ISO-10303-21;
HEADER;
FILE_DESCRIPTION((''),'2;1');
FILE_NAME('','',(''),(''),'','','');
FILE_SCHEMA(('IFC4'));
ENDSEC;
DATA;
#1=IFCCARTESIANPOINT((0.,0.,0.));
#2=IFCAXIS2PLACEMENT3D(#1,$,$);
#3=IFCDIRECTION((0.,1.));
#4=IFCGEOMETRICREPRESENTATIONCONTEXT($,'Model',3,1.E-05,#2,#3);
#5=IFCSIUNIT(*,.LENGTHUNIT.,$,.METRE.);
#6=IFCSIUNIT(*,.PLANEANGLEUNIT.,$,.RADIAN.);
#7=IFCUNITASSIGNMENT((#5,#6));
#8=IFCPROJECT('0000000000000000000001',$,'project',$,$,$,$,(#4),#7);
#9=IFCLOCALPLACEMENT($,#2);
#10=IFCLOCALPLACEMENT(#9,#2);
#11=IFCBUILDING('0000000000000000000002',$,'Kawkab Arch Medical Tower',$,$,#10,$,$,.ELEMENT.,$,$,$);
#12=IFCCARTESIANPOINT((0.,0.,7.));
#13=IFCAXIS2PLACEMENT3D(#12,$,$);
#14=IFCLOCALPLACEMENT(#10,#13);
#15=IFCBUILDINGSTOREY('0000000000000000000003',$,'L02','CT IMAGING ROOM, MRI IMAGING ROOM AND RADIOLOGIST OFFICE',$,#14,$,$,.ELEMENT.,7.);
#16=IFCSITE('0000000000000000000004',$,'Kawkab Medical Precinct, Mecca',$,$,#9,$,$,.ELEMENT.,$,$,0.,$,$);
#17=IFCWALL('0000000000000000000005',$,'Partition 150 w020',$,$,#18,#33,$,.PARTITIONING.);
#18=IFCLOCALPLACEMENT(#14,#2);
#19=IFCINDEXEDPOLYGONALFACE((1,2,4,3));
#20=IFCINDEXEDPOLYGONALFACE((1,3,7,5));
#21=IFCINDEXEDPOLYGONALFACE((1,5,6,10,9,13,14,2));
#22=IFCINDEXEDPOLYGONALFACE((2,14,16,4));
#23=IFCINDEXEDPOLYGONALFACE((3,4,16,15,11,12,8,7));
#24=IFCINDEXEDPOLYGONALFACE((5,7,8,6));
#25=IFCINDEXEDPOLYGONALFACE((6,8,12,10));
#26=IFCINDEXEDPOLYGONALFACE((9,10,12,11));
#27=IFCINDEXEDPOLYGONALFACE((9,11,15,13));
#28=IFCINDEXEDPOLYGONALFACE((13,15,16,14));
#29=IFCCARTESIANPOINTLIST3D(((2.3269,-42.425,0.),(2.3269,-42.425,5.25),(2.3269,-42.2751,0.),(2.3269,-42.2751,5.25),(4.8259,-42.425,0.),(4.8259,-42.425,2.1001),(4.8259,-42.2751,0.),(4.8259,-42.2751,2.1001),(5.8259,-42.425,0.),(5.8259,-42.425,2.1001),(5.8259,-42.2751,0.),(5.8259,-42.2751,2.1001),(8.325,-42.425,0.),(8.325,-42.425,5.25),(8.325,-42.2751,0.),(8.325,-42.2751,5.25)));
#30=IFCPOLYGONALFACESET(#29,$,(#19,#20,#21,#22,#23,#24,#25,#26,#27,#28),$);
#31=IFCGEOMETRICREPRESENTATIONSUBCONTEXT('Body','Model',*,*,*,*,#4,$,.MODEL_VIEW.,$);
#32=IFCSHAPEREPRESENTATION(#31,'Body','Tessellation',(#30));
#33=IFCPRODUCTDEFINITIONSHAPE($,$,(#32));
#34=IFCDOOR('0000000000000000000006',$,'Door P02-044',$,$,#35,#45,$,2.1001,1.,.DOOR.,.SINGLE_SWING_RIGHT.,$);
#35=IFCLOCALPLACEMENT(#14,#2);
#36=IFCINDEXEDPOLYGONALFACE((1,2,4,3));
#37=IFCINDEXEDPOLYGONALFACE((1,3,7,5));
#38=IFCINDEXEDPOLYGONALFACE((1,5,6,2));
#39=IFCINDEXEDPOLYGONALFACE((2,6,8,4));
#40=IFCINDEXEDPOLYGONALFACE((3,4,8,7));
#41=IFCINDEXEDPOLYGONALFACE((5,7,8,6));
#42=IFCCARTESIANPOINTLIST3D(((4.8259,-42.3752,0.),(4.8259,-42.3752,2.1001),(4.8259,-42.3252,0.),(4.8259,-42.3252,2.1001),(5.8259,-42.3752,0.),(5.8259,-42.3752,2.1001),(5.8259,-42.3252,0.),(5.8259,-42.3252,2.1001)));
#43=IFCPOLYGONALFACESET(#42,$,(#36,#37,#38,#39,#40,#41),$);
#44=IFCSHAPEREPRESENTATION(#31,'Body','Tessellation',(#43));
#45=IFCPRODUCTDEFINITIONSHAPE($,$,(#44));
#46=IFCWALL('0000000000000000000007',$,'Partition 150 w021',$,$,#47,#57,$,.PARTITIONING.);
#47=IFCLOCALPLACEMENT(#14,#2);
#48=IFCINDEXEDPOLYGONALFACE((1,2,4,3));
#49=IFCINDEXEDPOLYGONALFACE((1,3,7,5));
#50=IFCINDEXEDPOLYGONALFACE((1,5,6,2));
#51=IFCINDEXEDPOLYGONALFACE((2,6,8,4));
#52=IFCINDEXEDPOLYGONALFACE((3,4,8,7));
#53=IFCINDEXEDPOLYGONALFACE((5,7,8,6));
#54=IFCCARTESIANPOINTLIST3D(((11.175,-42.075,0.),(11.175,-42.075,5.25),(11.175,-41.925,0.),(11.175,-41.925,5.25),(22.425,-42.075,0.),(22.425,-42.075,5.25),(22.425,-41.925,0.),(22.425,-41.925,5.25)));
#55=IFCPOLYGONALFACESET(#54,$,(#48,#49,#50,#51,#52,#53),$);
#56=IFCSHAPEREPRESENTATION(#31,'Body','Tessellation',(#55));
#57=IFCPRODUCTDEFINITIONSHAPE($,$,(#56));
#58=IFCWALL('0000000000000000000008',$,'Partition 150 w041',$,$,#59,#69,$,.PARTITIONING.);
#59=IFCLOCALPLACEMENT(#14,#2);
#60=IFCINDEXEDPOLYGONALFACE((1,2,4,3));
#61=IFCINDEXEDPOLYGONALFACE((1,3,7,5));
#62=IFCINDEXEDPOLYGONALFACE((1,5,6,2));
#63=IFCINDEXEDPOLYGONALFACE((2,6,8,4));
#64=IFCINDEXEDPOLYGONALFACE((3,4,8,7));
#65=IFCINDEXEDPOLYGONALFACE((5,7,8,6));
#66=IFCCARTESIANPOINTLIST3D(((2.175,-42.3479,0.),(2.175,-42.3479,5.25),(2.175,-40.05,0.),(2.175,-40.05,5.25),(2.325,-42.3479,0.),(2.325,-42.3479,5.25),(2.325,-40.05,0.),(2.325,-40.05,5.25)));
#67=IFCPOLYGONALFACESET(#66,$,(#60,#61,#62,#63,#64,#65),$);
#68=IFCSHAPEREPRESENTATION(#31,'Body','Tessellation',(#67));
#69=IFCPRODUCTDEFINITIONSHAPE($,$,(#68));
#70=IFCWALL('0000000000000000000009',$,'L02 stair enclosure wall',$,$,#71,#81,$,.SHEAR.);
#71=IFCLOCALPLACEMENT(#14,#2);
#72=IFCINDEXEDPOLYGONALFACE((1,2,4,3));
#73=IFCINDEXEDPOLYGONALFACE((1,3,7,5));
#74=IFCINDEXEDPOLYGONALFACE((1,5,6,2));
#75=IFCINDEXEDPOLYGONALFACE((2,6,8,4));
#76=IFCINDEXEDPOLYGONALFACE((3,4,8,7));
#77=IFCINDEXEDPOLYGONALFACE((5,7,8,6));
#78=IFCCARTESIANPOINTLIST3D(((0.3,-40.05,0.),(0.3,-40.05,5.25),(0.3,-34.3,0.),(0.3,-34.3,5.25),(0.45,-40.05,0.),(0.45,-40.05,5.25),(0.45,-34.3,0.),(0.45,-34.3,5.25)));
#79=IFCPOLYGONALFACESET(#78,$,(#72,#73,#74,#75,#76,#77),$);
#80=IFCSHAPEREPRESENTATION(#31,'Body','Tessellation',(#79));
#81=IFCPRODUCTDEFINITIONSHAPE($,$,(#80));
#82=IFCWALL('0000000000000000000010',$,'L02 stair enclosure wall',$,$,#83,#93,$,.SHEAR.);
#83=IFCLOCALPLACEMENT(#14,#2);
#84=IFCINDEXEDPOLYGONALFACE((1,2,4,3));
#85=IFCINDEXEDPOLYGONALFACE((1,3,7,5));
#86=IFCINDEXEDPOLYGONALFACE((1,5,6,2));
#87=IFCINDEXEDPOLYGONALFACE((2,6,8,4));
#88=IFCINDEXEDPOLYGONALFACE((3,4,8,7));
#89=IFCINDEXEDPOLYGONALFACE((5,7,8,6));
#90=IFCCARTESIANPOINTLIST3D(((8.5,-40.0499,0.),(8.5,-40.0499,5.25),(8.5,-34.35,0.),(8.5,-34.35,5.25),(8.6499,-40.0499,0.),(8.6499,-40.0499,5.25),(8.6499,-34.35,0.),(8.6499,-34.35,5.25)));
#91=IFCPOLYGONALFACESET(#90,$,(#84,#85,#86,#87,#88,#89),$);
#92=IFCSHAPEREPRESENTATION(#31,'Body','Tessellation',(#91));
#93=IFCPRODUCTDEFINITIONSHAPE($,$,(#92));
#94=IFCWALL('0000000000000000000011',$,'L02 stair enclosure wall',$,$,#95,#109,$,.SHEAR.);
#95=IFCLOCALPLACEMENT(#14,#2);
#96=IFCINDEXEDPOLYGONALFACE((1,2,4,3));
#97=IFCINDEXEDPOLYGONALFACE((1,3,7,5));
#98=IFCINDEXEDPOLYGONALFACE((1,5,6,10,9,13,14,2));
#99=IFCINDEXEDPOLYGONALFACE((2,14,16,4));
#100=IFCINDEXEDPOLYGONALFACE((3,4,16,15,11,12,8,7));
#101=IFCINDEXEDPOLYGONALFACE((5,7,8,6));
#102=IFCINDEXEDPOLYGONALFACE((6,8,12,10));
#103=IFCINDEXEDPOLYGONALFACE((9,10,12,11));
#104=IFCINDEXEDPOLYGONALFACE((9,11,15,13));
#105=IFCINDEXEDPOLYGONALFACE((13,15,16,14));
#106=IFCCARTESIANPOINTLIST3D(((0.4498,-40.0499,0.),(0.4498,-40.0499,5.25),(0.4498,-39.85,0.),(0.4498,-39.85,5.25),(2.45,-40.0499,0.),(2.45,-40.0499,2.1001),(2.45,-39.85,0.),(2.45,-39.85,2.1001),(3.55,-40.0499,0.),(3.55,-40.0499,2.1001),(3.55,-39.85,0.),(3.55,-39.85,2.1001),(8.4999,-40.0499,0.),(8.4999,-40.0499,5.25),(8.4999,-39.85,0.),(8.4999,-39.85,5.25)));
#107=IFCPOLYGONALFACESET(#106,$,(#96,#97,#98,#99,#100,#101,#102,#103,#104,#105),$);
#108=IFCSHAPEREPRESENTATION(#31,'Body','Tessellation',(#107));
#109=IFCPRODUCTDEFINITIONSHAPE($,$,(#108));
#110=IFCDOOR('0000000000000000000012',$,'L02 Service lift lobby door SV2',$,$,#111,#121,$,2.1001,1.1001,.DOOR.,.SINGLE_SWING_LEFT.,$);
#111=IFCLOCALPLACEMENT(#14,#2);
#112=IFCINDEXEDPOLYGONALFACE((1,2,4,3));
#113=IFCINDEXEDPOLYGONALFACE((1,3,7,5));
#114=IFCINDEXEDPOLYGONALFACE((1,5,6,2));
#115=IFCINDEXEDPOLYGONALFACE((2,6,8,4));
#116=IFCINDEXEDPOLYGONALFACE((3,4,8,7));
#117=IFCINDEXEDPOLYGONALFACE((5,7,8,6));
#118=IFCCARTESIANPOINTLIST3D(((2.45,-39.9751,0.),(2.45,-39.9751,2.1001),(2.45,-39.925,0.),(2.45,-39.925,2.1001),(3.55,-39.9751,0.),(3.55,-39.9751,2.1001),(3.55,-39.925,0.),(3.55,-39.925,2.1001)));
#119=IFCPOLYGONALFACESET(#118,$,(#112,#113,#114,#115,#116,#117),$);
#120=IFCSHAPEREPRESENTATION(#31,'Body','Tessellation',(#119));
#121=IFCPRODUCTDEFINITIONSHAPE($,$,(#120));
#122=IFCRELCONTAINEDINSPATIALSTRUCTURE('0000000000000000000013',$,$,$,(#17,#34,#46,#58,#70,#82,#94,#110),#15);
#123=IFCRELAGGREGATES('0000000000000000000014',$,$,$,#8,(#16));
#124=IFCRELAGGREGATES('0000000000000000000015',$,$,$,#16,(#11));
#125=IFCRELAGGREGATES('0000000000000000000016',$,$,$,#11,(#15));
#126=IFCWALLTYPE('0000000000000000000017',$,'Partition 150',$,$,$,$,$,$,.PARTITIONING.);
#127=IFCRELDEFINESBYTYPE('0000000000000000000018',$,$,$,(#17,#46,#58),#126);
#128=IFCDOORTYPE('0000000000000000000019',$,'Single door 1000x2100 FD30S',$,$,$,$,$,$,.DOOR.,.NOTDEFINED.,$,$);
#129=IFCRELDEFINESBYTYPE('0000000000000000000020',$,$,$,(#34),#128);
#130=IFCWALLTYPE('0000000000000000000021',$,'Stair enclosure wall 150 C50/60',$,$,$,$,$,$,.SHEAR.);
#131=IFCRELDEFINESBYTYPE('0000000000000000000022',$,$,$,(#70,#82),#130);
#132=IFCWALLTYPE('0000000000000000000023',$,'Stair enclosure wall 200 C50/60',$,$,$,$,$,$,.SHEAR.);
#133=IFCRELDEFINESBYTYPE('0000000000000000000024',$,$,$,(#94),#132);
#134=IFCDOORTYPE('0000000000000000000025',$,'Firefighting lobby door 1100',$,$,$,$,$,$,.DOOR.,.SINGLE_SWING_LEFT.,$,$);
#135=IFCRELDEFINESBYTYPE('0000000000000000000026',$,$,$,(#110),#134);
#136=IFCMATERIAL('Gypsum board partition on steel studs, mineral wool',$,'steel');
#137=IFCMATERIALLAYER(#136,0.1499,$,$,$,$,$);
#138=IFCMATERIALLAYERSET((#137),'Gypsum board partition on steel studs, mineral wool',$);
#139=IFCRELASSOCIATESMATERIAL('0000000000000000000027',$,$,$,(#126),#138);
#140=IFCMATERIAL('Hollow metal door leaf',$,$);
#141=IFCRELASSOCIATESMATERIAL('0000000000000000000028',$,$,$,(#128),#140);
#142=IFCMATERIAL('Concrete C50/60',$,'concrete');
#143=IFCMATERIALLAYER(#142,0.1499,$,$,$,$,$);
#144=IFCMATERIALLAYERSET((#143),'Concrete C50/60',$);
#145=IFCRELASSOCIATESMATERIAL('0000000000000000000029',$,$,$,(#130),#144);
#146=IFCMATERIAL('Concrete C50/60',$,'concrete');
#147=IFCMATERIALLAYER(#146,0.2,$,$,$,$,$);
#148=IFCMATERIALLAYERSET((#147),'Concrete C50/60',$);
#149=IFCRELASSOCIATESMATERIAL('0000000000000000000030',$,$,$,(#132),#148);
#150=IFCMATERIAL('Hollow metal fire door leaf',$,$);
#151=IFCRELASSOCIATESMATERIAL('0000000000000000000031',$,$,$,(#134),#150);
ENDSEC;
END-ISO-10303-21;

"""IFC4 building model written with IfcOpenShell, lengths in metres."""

from ifc_helpers import new_model, si_unit, direction, frame, frame_2d, origin, place, context, subcontext, project, spatial, rectangle, extrude, material, layer, layer_set, type_object, element, fill, save


model = new_model("IFC4")

# Units and contexts
model_context = context("Model", 3, precision=1e-05, world=origin(), true_north=direction((0.0, 1.0)))
body_context = subcontext(model_context, "Body", "Model", "MODEL_VIEW")
ifc_project = project(units=[si_unit("LENGTHUNIT", "METRE"), si_unit("PLANEANGLEUNIT", "RADIAN")], contexts=[model_context])

# Site, building, storey
site_placement = place(None, origin())
site = spatial("IfcSite", under=ifc_project, at=site_placement, Name="Kawkab Medical Precinct, Mecca", CompositionType="ELEMENT", RefElevation=0.0)
building_placement = place(site_placement, origin())
building = spatial("IfcBuilding", under=site, at=building_placement, Name="Kawkab Arch Medical Tower", CompositionType="ELEMENT")
storey_placement = place(building_placement, frame((0.0, 0.0, 7.0)))
storey = spatial("IfcBuildingStorey", under=building, at=storey_placement, Name="L02", Description="CT IMAGING ROOM, MRI IMAGING ROOM AND RADIOLOGIST OFFICE", CompositionType="ELEMENT", Elevation=7.0)

# Shared definitions
ifc_material_1 = material(Name="Gypsum board partition on steel studs, mineral wool", Category="steel")
ifc_layer_1 = layer(ifc_material_1, 0.1499)
ifc_layer_set_1 = layer_set([ifc_layer_1], Name="Gypsum board partition on steel studs, mineral wool")
wall_type_1 = type_object("IfcWallType", Name="Partition 150", PredefinedType="PARTITIONING", material=ifc_layer_set_1)

# Wall, opening, door
wall_1_placement = place(storey_placement, frame((2.3269, -42.3501, 0.0), z_axis=(0.0, 0.0, 1.0), x_axis=(1.0, 0.0, 0.0)))
wall_1 = element("IfcWall", 1, at=wall_1_placement, inside=storey, type_object=wall_type_1, Name="Partition 150 w020", PredefinedType="PARTITIONING", context=body_context, shape_type="SweptSolid", body=[
    extrude(rectangle(XDim=5.998, YDim=0.1499, at=frame_2d((2.999, 0.0))), origin(), (0.0, 0.0, 1.0), 5.25),
])
opening_1_placement = place(wall_1_placement, frame((2.499, 0.0, 0.0)))
opening_1 = element("IfcOpeningElement", 2, at=opening_1_placement, cuts=wall_1, PredefinedType="OPENING", context=body_context, shape_type="SweptSolid", body=[
    extrude(rectangle(XDim=1.0, YDim=2.1001, at=frame_2d((0.5, 1.05))), frame((0.0, 0.085, 0.0), z_axis=(0.0, -1.0, 0.0), x_axis=(1.0, 0.0, 0.0)), (0.0, 0.0, 1.0), 0.1699),
])
ifc_material_2 = material(Name="Hollow metal door leaf")
door_type_1 = type_object("IfcDoorType", Name="Single door 1000x2100 FD30S", OperationType="NOTDEFINED", PredefinedType="DOOR", material=ifc_material_2)
door_1_placement = place(opening_1_placement, origin())
door_1 = element("IfcDoor", 3, at=door_1_placement, inside=storey, type_object=door_type_1, Name="Door P02-044", OperationType="SINGLE_SWING_RIGHT", OverallHeight=2.1001, OverallWidth=1.0, PredefinedType="DOOR", context=body_context, shape_type="SweptSolid", body=[
    extrude(rectangle(XDim=1.0, YDim=2.1001, at=frame_2d((0.5, 1.05))), frame((0.0, 0.0249, 0.0), z_axis=(0.0, -1.0, 0.0), x_axis=(1.0, 0.0, 0.0)), (0.0, 0.0, 1.0), 0.05),
])
fill(opening_1, door_1)

# Walls
wall_2_placement = place(storey_placement, frame((11.175, -42.0, 0.0), z_axis=(0.0, 0.0, 1.0), x_axis=(1.0, 0.0, 0.0)))
element("IfcWall", 4, at=wall_2_placement, inside=storey, type_object=wall_type_1, Name="Partition 150 w021", PredefinedType="PARTITIONING", context=body_context, shape_type="SweptSolid", body=[
    extrude(rectangle(XDim=11.25, YDim=0.1499, at=frame_2d((5.625, 0.0))), origin(), (0.0, 0.0, 1.0), 5.25),
])
wall_3_placement = place(storey_placement, frame((2.25, -42.3479, 0.0), z_axis=(0.0, 0.0, 1.0), x_axis=(0.0, 1.0, 0.0)))
element("IfcWall", 5, at=wall_3_placement, inside=storey, type_object=wall_type_1, Name="Partition 150 w041", PredefinedType="PARTITIONING", context=body_context, shape_type="SweptSolid", body=[
    extrude(rectangle(XDim=2.2979, YDim=0.1499, at=frame_2d((1.1489, 0.0))), origin(), (0.0, 0.0, 1.0), 5.25),
])
ifc_material_3 = material(Name="Concrete C50/60", Category="concrete")
ifc_layer_2 = layer(ifc_material_3, 0.1499)
ifc_layer_set_2 = layer_set([ifc_layer_2], Name="Concrete C50/60")
wall_type_2 = type_object("IfcWallType", Name="Stair enclosure wall 150 C50/60", PredefinedType="SHEAR", material=ifc_layer_set_2)
wall_4_placement = place(storey_placement, frame((0.375, -40.05, 0.0), z_axis=(0.0, 0.0, 1.0), x_axis=(0.0, 1.0, 0.0)))
element("IfcWall", 6, at=wall_4_placement, inside=storey, type_object=wall_type_2, Name="L02 stair enclosure wall", PredefinedType="SHEAR", context=body_context, shape_type="SweptSolid", body=[
    extrude(rectangle(XDim=5.75, YDim=0.1499, at=frame_2d((2.875, 0.0))), origin(), (0.0, 0.0, 1.0), 5.25),
])
wall_5_placement = place(storey_placement, frame((8.575, -40.05, 0.0), z_axis=(0.0, 0.0, 1.0), x_axis=(0.0, 1.0, 0.0)))
element("IfcWall", 7, at=wall_5_placement, inside=storey, type_object=wall_type_2, Name="L02 stair enclosure wall", PredefinedType="SHEAR", context=body_context, shape_type="SweptSolid", body=[
    extrude(rectangle(XDim=5.7, YDim=0.1499, at=frame_2d((2.8501, 0.0))), origin(), (0.0, 0.0, 1.0), 5.25),
])

# Wall, opening, door
ifc_material_4 = material(Name="Concrete C50/60", Category="concrete")
ifc_layer_3 = layer(ifc_material_4, 0.2)
ifc_layer_set_3 = layer_set([ifc_layer_3], Name="Concrete C50/60")
wall_type_3 = type_object("IfcWallType", Name="Stair enclosure wall 200 C50/60", PredefinedType="SHEAR", material=ifc_layer_set_3)
wall_6_placement = place(storey_placement, frame((0.45, -39.95, 0.0), z_axis=(0.0, 0.0, 1.0), x_axis=(1.0, 0.0, 0.0)))
wall_6 = element("IfcWall", 8, at=wall_6_placement, inside=storey, type_object=wall_type_3, Name="L02 stair enclosure wall", PredefinedType="SHEAR", context=body_context, shape_type="SweptSolid", body=[
    extrude(rectangle(XDim=8.05, YDim=0.2, at=frame_2d((4.0249, 0.0))), origin(), (0.0, 0.0, 1.0), 5.25),
])
opening_2_placement = place(wall_6_placement, frame((2.0, 0.0, 0.0)))
opening_2 = element("IfcOpeningElement", 9, at=opening_2_placement, cuts=wall_6, PredefinedType="OPENING", context=body_context, shape_type="SweptSolid", body=[
    extrude(rectangle(XDim=1.1001, YDim=2.1001, at=frame_2d((0.55, 1.05))), frame((0.0, 0.1099, 0.0), z_axis=(0.0, -1.0, 0.0), x_axis=(1.0, 0.0, 0.0)), (0.0, 0.0, 1.0), 0.22),
])
ifc_material_5 = material(Name="Hollow metal fire door leaf")
door_type_2 = type_object("IfcDoorType", Name="Firefighting lobby door 1100", OperationType="SINGLE_SWING_LEFT", PredefinedType="DOOR", material=ifc_material_5)
door_2_placement = place(opening_2_placement, origin())
door_2 = element("IfcDoor", 10, at=door_2_placement, inside=storey, type_object=door_type_2, Name="L02 Service lift lobby door SV2", OperationType="SINGLE_SWING_LEFT", OverallHeight=2.1001, OverallWidth=1.1001, PredefinedType="DOOR", context=body_context, shape_type="SweptSolid", body=[
    extrude(rectangle(XDim=1.1001, YDim=2.1001, at=frame_2d((0.55, 1.05))), frame((0.0, 0.0249, 0.0), z_axis=(0.0, -1.0, 0.0), x_axis=(1.0, 0.0, 0.0)), (0.0, 0.0, 1.0), 0.05),
])
fill(opening_2, door_2)

save(model, "model.ifc")
